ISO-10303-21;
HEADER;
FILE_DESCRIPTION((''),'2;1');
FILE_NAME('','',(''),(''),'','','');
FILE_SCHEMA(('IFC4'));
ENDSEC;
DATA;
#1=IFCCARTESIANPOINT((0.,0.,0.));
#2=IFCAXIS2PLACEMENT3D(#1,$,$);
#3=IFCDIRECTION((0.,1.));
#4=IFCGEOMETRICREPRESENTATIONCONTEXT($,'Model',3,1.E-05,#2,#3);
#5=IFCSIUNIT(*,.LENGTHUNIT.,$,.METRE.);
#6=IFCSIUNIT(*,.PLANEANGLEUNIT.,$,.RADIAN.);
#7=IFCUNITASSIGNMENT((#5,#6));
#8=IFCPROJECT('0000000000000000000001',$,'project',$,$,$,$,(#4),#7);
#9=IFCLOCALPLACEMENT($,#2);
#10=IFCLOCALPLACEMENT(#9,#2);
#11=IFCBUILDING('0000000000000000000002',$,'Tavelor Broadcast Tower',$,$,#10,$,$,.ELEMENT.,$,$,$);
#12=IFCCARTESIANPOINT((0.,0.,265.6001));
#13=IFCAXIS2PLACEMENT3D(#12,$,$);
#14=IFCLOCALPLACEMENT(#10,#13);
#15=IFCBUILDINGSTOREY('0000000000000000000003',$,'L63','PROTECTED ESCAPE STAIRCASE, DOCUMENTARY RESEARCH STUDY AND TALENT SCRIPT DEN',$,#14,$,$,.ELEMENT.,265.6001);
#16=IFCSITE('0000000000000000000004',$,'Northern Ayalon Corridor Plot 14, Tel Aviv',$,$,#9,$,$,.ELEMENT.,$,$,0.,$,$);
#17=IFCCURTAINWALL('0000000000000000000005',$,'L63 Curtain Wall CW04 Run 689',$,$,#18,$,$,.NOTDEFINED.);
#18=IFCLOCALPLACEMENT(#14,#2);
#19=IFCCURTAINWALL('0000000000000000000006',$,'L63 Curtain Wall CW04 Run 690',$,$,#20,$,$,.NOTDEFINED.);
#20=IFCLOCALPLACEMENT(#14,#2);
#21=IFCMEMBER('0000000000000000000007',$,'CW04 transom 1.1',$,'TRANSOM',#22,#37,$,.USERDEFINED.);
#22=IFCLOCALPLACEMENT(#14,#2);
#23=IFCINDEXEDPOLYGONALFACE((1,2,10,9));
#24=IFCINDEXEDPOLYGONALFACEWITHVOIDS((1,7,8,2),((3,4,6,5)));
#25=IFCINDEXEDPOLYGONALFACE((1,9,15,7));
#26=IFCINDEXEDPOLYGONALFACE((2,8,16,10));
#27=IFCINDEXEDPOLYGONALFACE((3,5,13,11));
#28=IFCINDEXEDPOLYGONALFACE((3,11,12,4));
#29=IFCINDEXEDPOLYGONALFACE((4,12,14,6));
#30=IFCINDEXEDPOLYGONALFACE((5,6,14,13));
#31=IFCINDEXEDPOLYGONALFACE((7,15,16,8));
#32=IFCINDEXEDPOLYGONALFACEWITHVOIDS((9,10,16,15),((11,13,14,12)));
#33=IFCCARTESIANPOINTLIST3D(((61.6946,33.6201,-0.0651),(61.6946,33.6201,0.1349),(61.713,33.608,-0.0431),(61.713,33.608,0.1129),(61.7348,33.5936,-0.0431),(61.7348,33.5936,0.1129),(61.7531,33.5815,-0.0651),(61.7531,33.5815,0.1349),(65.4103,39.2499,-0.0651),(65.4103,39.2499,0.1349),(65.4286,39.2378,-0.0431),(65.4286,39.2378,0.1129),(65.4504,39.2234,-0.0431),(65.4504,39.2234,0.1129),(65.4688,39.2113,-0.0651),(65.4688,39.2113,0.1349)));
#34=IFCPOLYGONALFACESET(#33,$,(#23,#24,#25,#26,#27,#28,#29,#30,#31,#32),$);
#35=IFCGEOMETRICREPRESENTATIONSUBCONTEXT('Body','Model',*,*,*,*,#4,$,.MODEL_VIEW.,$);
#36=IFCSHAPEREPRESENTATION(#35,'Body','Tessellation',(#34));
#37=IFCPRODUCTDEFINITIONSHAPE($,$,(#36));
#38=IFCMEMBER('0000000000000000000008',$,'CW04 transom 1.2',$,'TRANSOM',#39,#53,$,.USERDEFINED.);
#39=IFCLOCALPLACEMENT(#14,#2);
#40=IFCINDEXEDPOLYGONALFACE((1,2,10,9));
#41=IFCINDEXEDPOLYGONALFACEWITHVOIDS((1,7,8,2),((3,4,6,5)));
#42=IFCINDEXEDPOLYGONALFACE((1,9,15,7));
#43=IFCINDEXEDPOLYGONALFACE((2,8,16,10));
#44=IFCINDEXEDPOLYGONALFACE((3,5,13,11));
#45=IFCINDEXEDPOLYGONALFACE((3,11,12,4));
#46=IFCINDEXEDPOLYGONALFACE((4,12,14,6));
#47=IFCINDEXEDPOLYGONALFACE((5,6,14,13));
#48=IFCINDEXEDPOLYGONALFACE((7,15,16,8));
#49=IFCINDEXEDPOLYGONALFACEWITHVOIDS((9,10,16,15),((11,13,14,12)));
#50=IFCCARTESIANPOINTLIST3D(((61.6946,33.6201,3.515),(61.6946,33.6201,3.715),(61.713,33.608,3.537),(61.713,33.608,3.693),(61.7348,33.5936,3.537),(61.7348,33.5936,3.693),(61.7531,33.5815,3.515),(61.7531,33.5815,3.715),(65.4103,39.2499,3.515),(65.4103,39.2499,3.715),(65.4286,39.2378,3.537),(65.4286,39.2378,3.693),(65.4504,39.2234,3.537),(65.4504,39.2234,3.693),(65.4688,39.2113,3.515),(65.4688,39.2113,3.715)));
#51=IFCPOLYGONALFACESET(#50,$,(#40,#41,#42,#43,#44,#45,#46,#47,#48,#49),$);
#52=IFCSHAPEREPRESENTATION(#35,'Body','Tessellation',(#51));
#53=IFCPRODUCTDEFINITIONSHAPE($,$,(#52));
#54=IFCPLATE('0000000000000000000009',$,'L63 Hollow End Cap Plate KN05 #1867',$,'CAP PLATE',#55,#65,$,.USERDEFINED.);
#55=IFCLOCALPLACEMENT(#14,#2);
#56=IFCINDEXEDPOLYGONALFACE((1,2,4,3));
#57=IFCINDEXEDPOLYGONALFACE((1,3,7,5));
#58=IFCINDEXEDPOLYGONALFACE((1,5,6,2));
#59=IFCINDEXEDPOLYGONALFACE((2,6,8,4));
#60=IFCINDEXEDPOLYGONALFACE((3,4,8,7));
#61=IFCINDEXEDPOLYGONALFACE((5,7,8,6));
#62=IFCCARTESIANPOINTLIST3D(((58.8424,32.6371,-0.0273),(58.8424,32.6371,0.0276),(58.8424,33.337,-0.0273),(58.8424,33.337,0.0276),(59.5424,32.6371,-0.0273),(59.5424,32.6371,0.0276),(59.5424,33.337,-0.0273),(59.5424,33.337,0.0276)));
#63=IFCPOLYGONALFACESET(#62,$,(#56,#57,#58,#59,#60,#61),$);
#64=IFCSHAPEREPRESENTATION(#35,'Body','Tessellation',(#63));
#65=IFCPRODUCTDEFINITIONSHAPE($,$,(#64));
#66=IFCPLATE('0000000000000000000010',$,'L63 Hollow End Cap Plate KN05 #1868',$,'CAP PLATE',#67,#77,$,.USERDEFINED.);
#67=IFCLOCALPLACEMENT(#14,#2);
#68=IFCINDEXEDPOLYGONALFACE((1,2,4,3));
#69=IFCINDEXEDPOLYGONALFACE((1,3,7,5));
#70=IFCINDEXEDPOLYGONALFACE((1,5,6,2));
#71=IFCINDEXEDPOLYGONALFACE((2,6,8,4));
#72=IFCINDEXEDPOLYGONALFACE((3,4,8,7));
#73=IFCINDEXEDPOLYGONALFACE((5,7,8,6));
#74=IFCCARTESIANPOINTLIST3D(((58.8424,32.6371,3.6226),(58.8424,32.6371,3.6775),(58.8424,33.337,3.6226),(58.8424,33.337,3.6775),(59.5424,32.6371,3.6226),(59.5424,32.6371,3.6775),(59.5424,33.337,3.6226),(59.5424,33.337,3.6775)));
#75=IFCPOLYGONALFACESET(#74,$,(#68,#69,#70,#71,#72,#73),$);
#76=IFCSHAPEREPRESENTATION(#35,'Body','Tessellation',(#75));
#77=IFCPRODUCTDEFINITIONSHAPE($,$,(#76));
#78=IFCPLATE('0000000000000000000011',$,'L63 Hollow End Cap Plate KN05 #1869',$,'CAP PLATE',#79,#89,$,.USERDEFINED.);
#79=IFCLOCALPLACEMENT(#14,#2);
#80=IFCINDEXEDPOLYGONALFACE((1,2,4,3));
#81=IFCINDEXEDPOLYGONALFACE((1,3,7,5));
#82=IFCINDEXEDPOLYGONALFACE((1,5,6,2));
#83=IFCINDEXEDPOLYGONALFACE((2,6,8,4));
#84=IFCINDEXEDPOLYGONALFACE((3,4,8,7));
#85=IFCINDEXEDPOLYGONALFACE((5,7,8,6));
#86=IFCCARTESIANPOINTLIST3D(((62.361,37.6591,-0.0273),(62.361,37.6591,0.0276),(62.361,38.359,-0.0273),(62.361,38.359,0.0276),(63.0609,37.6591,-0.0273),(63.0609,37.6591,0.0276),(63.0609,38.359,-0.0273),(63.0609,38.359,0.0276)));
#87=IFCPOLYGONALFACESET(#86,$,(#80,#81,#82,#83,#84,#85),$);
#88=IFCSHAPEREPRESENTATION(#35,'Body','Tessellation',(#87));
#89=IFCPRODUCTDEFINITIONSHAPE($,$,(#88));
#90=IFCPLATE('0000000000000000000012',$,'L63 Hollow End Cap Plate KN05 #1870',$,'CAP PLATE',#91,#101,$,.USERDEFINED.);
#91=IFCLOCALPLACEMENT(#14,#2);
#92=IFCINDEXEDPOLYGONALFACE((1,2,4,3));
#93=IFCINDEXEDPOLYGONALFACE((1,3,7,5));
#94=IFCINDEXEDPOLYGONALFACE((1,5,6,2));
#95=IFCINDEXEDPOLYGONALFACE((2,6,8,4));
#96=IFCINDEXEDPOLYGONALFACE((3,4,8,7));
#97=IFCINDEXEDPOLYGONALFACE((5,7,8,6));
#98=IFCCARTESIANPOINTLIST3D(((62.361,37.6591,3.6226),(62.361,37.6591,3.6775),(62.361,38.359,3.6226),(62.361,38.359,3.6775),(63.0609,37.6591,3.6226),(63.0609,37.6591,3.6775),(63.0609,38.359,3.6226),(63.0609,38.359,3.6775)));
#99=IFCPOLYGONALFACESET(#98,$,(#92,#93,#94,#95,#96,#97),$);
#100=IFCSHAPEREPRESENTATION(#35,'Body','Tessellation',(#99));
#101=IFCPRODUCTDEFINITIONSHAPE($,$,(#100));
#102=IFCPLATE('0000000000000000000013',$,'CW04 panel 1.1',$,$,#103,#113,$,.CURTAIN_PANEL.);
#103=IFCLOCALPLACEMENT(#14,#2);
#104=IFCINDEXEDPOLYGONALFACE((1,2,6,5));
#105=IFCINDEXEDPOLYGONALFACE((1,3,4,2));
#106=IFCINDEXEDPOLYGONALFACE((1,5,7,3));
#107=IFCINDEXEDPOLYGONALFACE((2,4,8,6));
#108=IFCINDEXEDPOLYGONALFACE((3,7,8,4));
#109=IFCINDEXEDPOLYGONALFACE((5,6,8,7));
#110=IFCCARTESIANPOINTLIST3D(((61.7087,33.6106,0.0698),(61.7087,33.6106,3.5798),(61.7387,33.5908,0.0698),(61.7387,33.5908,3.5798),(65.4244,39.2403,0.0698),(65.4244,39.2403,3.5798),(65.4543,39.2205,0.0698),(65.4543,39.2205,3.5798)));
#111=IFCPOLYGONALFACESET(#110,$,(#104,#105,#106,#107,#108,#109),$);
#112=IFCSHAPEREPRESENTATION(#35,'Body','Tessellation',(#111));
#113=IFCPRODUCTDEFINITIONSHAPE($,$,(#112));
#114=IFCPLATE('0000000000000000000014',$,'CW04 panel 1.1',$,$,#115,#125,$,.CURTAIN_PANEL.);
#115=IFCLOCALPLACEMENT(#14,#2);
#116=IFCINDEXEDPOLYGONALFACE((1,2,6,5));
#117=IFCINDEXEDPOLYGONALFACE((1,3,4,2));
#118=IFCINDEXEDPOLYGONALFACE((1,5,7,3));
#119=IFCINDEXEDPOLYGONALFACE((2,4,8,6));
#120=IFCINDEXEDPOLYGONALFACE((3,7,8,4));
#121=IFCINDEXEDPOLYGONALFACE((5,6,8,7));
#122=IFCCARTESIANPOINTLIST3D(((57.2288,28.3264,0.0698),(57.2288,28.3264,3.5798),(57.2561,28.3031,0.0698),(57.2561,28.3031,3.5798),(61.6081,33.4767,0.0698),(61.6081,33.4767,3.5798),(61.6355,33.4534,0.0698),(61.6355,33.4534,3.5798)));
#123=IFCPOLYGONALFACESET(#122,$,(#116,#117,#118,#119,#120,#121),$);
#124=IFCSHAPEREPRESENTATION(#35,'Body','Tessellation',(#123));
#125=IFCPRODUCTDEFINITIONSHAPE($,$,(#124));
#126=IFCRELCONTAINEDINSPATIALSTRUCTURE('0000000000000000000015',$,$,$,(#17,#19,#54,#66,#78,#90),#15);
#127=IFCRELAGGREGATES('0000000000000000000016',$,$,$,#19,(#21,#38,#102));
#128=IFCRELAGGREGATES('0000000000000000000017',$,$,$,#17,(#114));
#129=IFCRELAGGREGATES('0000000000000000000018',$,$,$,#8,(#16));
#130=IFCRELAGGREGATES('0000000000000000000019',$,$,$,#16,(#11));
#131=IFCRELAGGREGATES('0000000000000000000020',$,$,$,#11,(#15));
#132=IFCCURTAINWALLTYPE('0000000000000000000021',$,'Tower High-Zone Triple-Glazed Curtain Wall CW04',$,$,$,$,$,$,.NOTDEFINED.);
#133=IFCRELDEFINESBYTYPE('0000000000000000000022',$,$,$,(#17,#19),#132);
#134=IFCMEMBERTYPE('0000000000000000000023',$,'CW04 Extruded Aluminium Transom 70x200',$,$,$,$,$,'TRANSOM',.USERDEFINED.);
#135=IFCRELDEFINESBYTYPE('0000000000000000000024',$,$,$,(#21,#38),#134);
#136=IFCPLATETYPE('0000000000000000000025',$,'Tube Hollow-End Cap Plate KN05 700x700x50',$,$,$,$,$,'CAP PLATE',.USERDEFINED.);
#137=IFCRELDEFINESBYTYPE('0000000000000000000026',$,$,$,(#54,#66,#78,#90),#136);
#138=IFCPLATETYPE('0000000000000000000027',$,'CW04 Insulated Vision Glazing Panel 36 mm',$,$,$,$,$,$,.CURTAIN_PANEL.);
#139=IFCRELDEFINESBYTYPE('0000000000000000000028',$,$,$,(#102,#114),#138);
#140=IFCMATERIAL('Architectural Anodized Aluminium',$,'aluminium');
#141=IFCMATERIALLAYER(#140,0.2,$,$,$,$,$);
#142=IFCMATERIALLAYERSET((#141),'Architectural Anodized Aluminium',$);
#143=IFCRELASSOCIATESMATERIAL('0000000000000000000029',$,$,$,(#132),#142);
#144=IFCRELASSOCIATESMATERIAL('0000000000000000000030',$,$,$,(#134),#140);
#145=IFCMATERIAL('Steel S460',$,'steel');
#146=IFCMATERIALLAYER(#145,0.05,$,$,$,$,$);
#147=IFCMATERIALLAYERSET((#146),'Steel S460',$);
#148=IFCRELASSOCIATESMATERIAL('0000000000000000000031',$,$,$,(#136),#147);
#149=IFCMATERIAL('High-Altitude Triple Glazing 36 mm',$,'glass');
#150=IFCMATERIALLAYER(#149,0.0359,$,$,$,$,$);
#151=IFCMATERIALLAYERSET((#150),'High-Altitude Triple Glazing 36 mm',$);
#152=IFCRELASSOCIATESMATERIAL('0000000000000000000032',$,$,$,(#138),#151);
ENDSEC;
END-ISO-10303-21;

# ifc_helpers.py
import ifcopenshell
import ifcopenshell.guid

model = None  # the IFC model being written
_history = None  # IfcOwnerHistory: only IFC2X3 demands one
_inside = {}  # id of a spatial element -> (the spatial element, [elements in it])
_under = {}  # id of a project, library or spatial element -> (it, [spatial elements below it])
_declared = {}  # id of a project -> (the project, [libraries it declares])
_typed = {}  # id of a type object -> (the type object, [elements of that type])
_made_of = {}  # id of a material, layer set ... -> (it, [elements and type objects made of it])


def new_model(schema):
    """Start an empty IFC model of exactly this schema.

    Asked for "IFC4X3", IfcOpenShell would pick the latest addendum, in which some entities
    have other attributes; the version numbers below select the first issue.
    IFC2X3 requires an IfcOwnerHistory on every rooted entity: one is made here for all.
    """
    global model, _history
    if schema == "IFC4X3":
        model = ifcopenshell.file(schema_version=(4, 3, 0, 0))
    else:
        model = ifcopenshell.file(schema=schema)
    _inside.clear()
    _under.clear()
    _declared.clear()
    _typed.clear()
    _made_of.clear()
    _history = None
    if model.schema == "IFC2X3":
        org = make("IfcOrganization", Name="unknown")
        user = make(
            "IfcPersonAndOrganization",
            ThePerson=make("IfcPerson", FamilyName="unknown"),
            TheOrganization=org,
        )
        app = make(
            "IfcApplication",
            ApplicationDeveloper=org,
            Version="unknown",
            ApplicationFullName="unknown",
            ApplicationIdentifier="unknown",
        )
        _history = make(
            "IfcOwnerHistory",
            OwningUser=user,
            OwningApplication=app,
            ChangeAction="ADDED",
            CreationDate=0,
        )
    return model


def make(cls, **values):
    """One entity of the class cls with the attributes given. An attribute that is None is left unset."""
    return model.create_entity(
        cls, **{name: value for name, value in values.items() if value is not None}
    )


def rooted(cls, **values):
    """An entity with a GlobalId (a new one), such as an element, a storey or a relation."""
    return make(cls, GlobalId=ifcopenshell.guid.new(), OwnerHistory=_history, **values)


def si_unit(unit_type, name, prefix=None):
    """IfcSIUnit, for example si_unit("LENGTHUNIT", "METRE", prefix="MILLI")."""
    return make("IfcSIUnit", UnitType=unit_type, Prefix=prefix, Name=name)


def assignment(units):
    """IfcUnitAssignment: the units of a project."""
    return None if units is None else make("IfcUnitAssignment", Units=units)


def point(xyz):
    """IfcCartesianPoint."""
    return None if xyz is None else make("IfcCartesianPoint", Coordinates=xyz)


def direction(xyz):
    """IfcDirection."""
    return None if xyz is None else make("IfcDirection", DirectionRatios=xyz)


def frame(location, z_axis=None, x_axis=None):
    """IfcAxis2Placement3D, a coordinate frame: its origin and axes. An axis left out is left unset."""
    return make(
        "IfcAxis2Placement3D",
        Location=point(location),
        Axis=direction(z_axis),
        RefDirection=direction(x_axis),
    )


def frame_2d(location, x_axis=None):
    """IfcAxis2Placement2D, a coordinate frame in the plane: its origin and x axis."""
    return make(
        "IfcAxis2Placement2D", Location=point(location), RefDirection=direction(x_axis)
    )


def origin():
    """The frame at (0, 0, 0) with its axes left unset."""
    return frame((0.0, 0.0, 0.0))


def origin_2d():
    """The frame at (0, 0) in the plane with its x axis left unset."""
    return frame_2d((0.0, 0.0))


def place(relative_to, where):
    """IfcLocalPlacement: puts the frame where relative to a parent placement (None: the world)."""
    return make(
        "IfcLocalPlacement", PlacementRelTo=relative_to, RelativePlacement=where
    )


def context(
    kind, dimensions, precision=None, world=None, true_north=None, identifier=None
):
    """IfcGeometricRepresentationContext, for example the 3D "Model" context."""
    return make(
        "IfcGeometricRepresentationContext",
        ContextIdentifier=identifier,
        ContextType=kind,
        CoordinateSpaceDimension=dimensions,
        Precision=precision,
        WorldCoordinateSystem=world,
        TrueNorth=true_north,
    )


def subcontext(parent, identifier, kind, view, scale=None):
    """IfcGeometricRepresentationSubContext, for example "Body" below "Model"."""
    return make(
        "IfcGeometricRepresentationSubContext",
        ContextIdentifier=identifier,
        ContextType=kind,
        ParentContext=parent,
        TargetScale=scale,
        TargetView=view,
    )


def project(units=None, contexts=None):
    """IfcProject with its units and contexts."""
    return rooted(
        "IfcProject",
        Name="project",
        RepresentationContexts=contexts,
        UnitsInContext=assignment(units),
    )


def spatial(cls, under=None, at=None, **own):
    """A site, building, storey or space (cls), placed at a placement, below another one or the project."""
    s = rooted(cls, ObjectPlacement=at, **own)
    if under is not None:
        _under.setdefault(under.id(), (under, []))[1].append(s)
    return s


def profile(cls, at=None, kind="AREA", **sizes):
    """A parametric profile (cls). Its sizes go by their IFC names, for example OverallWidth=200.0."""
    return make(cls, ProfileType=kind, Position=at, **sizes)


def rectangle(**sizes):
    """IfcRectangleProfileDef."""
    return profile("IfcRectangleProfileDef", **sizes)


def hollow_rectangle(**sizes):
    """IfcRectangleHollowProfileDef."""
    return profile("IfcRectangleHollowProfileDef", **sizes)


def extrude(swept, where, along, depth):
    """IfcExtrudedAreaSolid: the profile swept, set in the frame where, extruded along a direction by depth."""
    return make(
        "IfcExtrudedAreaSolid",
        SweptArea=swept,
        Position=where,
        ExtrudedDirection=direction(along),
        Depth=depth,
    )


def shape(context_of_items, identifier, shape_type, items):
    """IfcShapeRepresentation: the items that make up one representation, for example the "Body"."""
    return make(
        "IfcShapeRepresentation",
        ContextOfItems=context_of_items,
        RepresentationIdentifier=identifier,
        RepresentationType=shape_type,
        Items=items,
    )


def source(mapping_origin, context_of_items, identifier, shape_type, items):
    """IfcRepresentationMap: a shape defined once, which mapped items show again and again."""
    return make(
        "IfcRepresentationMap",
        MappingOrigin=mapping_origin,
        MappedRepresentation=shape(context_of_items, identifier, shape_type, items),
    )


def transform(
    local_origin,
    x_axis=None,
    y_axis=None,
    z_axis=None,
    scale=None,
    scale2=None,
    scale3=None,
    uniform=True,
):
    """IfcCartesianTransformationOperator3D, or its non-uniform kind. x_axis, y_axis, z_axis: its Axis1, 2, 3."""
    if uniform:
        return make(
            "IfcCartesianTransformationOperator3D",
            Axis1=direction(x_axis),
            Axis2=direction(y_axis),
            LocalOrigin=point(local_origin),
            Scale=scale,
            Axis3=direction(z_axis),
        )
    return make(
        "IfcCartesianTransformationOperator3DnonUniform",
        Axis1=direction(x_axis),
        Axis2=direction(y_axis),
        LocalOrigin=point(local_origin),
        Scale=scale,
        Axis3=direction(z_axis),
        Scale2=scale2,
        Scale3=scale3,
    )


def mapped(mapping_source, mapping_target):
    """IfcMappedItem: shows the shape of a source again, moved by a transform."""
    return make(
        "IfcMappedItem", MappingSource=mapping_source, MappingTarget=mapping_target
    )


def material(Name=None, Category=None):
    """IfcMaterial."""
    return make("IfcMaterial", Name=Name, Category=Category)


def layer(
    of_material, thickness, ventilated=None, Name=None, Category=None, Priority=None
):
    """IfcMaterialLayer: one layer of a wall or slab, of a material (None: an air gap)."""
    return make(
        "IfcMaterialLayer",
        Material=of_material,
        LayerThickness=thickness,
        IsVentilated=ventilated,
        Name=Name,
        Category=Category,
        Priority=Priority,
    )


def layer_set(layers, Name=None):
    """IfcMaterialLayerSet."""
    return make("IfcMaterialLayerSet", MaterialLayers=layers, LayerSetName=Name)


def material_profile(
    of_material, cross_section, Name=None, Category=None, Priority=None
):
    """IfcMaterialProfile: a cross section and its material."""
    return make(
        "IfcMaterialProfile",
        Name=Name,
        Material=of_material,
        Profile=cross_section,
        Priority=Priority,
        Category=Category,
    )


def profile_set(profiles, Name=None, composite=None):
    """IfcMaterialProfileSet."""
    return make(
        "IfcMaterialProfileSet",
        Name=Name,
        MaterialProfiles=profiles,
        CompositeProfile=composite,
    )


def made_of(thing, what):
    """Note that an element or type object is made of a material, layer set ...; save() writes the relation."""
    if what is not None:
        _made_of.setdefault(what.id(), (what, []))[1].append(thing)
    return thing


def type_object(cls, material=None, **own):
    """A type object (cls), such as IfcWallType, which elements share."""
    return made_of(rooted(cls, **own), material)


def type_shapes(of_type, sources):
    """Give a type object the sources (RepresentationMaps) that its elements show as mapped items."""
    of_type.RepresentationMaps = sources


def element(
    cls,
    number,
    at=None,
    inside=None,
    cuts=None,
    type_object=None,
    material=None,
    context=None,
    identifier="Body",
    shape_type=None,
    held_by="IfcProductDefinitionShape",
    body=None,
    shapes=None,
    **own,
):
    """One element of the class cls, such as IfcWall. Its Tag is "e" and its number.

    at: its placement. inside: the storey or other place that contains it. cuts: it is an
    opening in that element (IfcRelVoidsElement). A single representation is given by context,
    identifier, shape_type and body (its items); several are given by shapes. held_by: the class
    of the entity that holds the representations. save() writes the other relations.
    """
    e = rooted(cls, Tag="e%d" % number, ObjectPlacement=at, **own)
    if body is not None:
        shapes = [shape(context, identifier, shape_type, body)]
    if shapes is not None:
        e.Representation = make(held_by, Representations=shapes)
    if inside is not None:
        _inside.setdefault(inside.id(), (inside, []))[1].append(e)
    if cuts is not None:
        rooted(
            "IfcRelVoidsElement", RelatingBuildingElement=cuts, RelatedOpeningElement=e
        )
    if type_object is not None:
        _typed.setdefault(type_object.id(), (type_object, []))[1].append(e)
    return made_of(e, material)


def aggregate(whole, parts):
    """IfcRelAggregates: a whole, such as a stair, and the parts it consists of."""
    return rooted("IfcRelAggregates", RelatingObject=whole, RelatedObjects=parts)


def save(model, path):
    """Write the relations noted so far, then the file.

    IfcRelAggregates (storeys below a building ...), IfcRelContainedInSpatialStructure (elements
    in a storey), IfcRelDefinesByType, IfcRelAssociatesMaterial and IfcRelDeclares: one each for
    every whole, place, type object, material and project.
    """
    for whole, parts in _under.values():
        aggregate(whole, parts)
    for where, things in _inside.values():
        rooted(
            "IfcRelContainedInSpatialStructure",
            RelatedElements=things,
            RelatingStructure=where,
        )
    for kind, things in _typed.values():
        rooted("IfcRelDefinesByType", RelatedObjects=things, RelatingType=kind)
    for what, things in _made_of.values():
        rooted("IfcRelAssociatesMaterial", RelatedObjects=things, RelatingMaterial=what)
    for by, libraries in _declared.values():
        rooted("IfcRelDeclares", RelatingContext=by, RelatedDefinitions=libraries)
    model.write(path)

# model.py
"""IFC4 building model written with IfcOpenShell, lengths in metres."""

from ifc_helpers import new_model, si_unit, direction, frame, origin, origin_2d, place, context, subcontext, project, spatial, rectangle, hollow_rectangle, extrude, source, transform, mapped, material, layer, layer_set, material_profile, profile_set, type_object, type_shapes, element, aggregate, save


model = new_model("IFC4")

# Units and contexts
model_context = context("Model", 3, precision=1e-05, world=origin(), true_north=direction((0.0, 1.0)))
body_context = subcontext(model_context, "Body", "Model", "MODEL_VIEW")
ifc_project = project(units=[si_unit("LENGTHUNIT", "METRE"), si_unit("PLANEANGLEUNIT", "RADIAN")], contexts=[model_context])

# Site, building, storey
site_placement = place(None, origin())
site = spatial("IfcSite", under=ifc_project, at=site_placement, Name="Northern Ayalon Corridor Plot 14, Tel Aviv", CompositionType="ELEMENT", RefElevation=0.0)
building_placement = place(site_placement, origin())
building = spatial("IfcBuilding", under=site, at=building_placement, Name="Tavelor Broadcast Tower", CompositionType="ELEMENT")
storey_placement = place(building_placement, frame((0.0, 0.0, 265.6001)))
storey = spatial("IfcBuildingStorey", under=building, at=storey_placement, Name="L63", Description="PROTECTED ESCAPE STAIRCASE, DOCUMENTARY RESEARCH STUDY AND TALENT SCRIPT DEN", CompositionType="ELEMENT", Elevation=265.6001)

# Shared definitions
ifc_material_1 = material(Name="Steel S460", Category="steel")

# Curtain walls
ifc_material_2 = material(Name="Architectural Anodized Aluminium", Category="aluminium")
ifc_layer_1 = layer(ifc_material_2, 0.2)
ifc_layer_set_1 = layer_set([ifc_layer_1], Name="Architectural Anodized Aluminium")
curtain_wall_type = type_object("IfcCurtainWallType", Name="Tower High-Zone Triple-Glazed Curtain Wall CW04", PredefinedType="NOTDEFINED", material=ifc_layer_set_1)
curtain_wall_1_placement = place(storey_placement, origin())
curtain_wall_1 = element("IfcCurtainWall", 1, at=curtain_wall_1_placement, inside=storey, type_object=curtain_wall_type, Name="L63 Curtain Wall CW04 Run 689", PredefinedType="NOTDEFINED")
curtain_wall_2_placement = place(storey_placement, origin())
curtain_wall_2 = element("IfcCurtainWall", 2, at=curtain_wall_2_placement, inside=storey, type_object=curtain_wall_type, Name="L63 Curtain Wall CW04 Run 690", PredefinedType="NOTDEFINED")

# Members
ifc_material_profile_1 = material_profile(ifc_material_2, hollow_rectangle(XDim=0.0701, YDim=0.2, WallThickness=0.022, at=origin_2d()), Name="RHS 70x200x22")
ifc_profile_set_1 = profile_set([ifc_material_profile_1], Name="Architectural Anodized Aluminium")
member_type_1 = type_object("IfcMemberType", Name="CW04 Extruded Aluminium Transom 70x200", ElementType="TRANSOM", PredefinedType="USERDEFINED", material=ifc_profile_set_1)
shared_shape_1 = source(origin(), body_context, "Body", "SweptSolid", [
    extrude(hollow_rectangle(XDim=0.0701, YDim=0.2, WallThickness=0.022, at=origin_2d()), origin(), (0.0, 0.0, 1.0), 6.7454),
])
member_1_placement = place(storey_placement, frame((61.7239, 33.6008, 0.0349), z_axis=(0.550844, 0.834608, 0.0), x_axis=(-0.834608, 0.550844, 0.0)))
member_1 = element("IfcMember", 3, at=member_1_placement, type_object=member_type_1, Name="CW04 transom 1.1", ObjectType="TRANSOM", PredefinedType="USERDEFINED", context=body_context, shape_type="MappedRepresentation", body=[
    mapped(shared_shape_1, transform((0.0, 0.0, 0.0), scale=1.0)),
])
member_2_placement = place(storey_placement, frame((61.7239, 33.6008, 3.615), z_axis=(0.550844, 0.834608, 0.0), x_axis=(-0.834608, 0.550844, 0.0)))
member_2 = element("IfcMember", 4, at=member_2_placement, type_object=member_type_1, Name="CW04 transom 1.2", ObjectType="TRANSOM", PredefinedType="USERDEFINED", context=body_context, shape_type="MappedRepresentation", body=[
    mapped(shared_shape_1, transform((0.0, 0.0, 0.0), scale=1.0)),
])

# Plates
ifc_layer_2 = layer(ifc_material_1, 0.05)
ifc_layer_set_2 = layer_set([ifc_layer_2], Name="Steel S460")
plate_type_1 = type_object("IfcPlateType", Name="Tube Hollow-End Cap Plate KN05 700x700x50", ElementType="CAP PLATE", PredefinedType="USERDEFINED", material=ifc_layer_set_2)
shared_shape_2 = source(origin(), body_context, "Body", "SweptSolid", [
    extrude(rectangle(XDim=0.7, YDim=0.7, at=origin_2d()), origin(), (0.0, 0.0, 1.0), 0.0549),
])
type_shapes(plate_type_1, [shared_shape_2])
for number, where, z_axis, x_axis, name in (
    (5, (59.1924, 32.9871, -0.0273), (0.0, 0.0, 1.0), (1.0, 0.0, 0.0), "L63 Hollow End Cap Plate KN05 #1867"),
    (6, (59.1924, 32.9871, 3.6226), (0.0, 0.0, 1.0), (1.0, 0.0, 0.0), "L63 Hollow End Cap Plate KN05 #1868"),
    (7, (62.7109, 38.009, -0.0273), (0.0, 0.0, 1.0), (1.0, 0.0, 0.0), "L63 Hollow End Cap Plate KN05 #1869"),
    (8, (62.7109, 38.009, 3.6226), (0.0, 0.0, 1.0), (1.0, 0.0, 0.0), "L63 Hollow End Cap Plate KN05 #1870"),
):
    element("IfcPlate", number, at=place(storey_placement, frame(where, z_axis=z_axis, x_axis=x_axis)), inside=storey, type_object=plate_type_1, Name=name, ObjectType="CAP PLATE", PredefinedType="USERDEFINED", context=body_context, shape_type="MappedRepresentation", body=[
        mapped(shared_shape_2, transform((0.0, 0.0, 0.0), scale=1.0)),
    ])

# Plates
ifc_material_3 = material(Name="High-Altitude Triple Glazing 36 mm", Category="glass")
ifc_layer_3 = layer(ifc_material_3, 0.0359)
ifc_layer_set_3 = layer_set([ifc_layer_3], Name="High-Altitude Triple Glazing 36 mm")
plate_type_2 = type_object("IfcPlateType", Name="CW04 Insulated Vision Glazing Panel 36 mm", PredefinedType="CURTAIN_PANEL", material=ifc_layer_set_3)
shared_shape_3 = source(origin(), body_context, "Body", "SweptSolid", [
    extrude(rectangle(XDim=6.7454, YDim=0.0359, at=origin_2d()), origin(), (0.0, 0.0, 1.0), 3.51),
])
plate_1_placement = place(storey_placement, frame((63.5815, 36.4155, 0.0698), z_axis=(0.0, 0.0, 1.0), x_axis=(0.550847, 0.834606, 0.0)))
plate_1 = element("IfcPlate", 9, at=plate_1_placement, type_object=plate_type_2, Name="CW04 panel 1.1", PredefinedType="CURTAIN_PANEL", context=body_context, shape_type="MappedRepresentation", body=[
    mapped(shared_shape_3, transform((0.0, 0.0, 0.0), scale=1.0)),
])
aggregate(curtain_wall_2, [member_1, member_2, plate_1])
shared_shape_4 = source(origin(), body_context, "Body", "SweptSolid", [
    extrude(rectangle(XDim=6.7605, YDim=0.0359, at=origin_2d()), origin(), (0.0, 0.0, 1.0), 3.51),
])
type_shapes(plate_type_2, [shared_shape_3, shared_shape_4])
plate_2_placement = place(storey_placement, frame((59.4321, 30.8899, 0.0698), z_axis=(0.0, 0.0, 1.0), x_axis=(0.647786, 0.761822, 0.0)))
plate_2 = element("IfcPlate", 10, at=plate_2_placement, type_object=plate_type_2, Name="CW04 panel 1.1", PredefinedType="CURTAIN_PANEL", context=body_context, shape_type="MappedRepresentation", body=[
    mapped(shared_shape_4, transform((0.0, 0.0, 0.0), scale=1.0)),
])
aggregate(curtain_wall_1, [plate_2])

save(model, "model.ifc")
